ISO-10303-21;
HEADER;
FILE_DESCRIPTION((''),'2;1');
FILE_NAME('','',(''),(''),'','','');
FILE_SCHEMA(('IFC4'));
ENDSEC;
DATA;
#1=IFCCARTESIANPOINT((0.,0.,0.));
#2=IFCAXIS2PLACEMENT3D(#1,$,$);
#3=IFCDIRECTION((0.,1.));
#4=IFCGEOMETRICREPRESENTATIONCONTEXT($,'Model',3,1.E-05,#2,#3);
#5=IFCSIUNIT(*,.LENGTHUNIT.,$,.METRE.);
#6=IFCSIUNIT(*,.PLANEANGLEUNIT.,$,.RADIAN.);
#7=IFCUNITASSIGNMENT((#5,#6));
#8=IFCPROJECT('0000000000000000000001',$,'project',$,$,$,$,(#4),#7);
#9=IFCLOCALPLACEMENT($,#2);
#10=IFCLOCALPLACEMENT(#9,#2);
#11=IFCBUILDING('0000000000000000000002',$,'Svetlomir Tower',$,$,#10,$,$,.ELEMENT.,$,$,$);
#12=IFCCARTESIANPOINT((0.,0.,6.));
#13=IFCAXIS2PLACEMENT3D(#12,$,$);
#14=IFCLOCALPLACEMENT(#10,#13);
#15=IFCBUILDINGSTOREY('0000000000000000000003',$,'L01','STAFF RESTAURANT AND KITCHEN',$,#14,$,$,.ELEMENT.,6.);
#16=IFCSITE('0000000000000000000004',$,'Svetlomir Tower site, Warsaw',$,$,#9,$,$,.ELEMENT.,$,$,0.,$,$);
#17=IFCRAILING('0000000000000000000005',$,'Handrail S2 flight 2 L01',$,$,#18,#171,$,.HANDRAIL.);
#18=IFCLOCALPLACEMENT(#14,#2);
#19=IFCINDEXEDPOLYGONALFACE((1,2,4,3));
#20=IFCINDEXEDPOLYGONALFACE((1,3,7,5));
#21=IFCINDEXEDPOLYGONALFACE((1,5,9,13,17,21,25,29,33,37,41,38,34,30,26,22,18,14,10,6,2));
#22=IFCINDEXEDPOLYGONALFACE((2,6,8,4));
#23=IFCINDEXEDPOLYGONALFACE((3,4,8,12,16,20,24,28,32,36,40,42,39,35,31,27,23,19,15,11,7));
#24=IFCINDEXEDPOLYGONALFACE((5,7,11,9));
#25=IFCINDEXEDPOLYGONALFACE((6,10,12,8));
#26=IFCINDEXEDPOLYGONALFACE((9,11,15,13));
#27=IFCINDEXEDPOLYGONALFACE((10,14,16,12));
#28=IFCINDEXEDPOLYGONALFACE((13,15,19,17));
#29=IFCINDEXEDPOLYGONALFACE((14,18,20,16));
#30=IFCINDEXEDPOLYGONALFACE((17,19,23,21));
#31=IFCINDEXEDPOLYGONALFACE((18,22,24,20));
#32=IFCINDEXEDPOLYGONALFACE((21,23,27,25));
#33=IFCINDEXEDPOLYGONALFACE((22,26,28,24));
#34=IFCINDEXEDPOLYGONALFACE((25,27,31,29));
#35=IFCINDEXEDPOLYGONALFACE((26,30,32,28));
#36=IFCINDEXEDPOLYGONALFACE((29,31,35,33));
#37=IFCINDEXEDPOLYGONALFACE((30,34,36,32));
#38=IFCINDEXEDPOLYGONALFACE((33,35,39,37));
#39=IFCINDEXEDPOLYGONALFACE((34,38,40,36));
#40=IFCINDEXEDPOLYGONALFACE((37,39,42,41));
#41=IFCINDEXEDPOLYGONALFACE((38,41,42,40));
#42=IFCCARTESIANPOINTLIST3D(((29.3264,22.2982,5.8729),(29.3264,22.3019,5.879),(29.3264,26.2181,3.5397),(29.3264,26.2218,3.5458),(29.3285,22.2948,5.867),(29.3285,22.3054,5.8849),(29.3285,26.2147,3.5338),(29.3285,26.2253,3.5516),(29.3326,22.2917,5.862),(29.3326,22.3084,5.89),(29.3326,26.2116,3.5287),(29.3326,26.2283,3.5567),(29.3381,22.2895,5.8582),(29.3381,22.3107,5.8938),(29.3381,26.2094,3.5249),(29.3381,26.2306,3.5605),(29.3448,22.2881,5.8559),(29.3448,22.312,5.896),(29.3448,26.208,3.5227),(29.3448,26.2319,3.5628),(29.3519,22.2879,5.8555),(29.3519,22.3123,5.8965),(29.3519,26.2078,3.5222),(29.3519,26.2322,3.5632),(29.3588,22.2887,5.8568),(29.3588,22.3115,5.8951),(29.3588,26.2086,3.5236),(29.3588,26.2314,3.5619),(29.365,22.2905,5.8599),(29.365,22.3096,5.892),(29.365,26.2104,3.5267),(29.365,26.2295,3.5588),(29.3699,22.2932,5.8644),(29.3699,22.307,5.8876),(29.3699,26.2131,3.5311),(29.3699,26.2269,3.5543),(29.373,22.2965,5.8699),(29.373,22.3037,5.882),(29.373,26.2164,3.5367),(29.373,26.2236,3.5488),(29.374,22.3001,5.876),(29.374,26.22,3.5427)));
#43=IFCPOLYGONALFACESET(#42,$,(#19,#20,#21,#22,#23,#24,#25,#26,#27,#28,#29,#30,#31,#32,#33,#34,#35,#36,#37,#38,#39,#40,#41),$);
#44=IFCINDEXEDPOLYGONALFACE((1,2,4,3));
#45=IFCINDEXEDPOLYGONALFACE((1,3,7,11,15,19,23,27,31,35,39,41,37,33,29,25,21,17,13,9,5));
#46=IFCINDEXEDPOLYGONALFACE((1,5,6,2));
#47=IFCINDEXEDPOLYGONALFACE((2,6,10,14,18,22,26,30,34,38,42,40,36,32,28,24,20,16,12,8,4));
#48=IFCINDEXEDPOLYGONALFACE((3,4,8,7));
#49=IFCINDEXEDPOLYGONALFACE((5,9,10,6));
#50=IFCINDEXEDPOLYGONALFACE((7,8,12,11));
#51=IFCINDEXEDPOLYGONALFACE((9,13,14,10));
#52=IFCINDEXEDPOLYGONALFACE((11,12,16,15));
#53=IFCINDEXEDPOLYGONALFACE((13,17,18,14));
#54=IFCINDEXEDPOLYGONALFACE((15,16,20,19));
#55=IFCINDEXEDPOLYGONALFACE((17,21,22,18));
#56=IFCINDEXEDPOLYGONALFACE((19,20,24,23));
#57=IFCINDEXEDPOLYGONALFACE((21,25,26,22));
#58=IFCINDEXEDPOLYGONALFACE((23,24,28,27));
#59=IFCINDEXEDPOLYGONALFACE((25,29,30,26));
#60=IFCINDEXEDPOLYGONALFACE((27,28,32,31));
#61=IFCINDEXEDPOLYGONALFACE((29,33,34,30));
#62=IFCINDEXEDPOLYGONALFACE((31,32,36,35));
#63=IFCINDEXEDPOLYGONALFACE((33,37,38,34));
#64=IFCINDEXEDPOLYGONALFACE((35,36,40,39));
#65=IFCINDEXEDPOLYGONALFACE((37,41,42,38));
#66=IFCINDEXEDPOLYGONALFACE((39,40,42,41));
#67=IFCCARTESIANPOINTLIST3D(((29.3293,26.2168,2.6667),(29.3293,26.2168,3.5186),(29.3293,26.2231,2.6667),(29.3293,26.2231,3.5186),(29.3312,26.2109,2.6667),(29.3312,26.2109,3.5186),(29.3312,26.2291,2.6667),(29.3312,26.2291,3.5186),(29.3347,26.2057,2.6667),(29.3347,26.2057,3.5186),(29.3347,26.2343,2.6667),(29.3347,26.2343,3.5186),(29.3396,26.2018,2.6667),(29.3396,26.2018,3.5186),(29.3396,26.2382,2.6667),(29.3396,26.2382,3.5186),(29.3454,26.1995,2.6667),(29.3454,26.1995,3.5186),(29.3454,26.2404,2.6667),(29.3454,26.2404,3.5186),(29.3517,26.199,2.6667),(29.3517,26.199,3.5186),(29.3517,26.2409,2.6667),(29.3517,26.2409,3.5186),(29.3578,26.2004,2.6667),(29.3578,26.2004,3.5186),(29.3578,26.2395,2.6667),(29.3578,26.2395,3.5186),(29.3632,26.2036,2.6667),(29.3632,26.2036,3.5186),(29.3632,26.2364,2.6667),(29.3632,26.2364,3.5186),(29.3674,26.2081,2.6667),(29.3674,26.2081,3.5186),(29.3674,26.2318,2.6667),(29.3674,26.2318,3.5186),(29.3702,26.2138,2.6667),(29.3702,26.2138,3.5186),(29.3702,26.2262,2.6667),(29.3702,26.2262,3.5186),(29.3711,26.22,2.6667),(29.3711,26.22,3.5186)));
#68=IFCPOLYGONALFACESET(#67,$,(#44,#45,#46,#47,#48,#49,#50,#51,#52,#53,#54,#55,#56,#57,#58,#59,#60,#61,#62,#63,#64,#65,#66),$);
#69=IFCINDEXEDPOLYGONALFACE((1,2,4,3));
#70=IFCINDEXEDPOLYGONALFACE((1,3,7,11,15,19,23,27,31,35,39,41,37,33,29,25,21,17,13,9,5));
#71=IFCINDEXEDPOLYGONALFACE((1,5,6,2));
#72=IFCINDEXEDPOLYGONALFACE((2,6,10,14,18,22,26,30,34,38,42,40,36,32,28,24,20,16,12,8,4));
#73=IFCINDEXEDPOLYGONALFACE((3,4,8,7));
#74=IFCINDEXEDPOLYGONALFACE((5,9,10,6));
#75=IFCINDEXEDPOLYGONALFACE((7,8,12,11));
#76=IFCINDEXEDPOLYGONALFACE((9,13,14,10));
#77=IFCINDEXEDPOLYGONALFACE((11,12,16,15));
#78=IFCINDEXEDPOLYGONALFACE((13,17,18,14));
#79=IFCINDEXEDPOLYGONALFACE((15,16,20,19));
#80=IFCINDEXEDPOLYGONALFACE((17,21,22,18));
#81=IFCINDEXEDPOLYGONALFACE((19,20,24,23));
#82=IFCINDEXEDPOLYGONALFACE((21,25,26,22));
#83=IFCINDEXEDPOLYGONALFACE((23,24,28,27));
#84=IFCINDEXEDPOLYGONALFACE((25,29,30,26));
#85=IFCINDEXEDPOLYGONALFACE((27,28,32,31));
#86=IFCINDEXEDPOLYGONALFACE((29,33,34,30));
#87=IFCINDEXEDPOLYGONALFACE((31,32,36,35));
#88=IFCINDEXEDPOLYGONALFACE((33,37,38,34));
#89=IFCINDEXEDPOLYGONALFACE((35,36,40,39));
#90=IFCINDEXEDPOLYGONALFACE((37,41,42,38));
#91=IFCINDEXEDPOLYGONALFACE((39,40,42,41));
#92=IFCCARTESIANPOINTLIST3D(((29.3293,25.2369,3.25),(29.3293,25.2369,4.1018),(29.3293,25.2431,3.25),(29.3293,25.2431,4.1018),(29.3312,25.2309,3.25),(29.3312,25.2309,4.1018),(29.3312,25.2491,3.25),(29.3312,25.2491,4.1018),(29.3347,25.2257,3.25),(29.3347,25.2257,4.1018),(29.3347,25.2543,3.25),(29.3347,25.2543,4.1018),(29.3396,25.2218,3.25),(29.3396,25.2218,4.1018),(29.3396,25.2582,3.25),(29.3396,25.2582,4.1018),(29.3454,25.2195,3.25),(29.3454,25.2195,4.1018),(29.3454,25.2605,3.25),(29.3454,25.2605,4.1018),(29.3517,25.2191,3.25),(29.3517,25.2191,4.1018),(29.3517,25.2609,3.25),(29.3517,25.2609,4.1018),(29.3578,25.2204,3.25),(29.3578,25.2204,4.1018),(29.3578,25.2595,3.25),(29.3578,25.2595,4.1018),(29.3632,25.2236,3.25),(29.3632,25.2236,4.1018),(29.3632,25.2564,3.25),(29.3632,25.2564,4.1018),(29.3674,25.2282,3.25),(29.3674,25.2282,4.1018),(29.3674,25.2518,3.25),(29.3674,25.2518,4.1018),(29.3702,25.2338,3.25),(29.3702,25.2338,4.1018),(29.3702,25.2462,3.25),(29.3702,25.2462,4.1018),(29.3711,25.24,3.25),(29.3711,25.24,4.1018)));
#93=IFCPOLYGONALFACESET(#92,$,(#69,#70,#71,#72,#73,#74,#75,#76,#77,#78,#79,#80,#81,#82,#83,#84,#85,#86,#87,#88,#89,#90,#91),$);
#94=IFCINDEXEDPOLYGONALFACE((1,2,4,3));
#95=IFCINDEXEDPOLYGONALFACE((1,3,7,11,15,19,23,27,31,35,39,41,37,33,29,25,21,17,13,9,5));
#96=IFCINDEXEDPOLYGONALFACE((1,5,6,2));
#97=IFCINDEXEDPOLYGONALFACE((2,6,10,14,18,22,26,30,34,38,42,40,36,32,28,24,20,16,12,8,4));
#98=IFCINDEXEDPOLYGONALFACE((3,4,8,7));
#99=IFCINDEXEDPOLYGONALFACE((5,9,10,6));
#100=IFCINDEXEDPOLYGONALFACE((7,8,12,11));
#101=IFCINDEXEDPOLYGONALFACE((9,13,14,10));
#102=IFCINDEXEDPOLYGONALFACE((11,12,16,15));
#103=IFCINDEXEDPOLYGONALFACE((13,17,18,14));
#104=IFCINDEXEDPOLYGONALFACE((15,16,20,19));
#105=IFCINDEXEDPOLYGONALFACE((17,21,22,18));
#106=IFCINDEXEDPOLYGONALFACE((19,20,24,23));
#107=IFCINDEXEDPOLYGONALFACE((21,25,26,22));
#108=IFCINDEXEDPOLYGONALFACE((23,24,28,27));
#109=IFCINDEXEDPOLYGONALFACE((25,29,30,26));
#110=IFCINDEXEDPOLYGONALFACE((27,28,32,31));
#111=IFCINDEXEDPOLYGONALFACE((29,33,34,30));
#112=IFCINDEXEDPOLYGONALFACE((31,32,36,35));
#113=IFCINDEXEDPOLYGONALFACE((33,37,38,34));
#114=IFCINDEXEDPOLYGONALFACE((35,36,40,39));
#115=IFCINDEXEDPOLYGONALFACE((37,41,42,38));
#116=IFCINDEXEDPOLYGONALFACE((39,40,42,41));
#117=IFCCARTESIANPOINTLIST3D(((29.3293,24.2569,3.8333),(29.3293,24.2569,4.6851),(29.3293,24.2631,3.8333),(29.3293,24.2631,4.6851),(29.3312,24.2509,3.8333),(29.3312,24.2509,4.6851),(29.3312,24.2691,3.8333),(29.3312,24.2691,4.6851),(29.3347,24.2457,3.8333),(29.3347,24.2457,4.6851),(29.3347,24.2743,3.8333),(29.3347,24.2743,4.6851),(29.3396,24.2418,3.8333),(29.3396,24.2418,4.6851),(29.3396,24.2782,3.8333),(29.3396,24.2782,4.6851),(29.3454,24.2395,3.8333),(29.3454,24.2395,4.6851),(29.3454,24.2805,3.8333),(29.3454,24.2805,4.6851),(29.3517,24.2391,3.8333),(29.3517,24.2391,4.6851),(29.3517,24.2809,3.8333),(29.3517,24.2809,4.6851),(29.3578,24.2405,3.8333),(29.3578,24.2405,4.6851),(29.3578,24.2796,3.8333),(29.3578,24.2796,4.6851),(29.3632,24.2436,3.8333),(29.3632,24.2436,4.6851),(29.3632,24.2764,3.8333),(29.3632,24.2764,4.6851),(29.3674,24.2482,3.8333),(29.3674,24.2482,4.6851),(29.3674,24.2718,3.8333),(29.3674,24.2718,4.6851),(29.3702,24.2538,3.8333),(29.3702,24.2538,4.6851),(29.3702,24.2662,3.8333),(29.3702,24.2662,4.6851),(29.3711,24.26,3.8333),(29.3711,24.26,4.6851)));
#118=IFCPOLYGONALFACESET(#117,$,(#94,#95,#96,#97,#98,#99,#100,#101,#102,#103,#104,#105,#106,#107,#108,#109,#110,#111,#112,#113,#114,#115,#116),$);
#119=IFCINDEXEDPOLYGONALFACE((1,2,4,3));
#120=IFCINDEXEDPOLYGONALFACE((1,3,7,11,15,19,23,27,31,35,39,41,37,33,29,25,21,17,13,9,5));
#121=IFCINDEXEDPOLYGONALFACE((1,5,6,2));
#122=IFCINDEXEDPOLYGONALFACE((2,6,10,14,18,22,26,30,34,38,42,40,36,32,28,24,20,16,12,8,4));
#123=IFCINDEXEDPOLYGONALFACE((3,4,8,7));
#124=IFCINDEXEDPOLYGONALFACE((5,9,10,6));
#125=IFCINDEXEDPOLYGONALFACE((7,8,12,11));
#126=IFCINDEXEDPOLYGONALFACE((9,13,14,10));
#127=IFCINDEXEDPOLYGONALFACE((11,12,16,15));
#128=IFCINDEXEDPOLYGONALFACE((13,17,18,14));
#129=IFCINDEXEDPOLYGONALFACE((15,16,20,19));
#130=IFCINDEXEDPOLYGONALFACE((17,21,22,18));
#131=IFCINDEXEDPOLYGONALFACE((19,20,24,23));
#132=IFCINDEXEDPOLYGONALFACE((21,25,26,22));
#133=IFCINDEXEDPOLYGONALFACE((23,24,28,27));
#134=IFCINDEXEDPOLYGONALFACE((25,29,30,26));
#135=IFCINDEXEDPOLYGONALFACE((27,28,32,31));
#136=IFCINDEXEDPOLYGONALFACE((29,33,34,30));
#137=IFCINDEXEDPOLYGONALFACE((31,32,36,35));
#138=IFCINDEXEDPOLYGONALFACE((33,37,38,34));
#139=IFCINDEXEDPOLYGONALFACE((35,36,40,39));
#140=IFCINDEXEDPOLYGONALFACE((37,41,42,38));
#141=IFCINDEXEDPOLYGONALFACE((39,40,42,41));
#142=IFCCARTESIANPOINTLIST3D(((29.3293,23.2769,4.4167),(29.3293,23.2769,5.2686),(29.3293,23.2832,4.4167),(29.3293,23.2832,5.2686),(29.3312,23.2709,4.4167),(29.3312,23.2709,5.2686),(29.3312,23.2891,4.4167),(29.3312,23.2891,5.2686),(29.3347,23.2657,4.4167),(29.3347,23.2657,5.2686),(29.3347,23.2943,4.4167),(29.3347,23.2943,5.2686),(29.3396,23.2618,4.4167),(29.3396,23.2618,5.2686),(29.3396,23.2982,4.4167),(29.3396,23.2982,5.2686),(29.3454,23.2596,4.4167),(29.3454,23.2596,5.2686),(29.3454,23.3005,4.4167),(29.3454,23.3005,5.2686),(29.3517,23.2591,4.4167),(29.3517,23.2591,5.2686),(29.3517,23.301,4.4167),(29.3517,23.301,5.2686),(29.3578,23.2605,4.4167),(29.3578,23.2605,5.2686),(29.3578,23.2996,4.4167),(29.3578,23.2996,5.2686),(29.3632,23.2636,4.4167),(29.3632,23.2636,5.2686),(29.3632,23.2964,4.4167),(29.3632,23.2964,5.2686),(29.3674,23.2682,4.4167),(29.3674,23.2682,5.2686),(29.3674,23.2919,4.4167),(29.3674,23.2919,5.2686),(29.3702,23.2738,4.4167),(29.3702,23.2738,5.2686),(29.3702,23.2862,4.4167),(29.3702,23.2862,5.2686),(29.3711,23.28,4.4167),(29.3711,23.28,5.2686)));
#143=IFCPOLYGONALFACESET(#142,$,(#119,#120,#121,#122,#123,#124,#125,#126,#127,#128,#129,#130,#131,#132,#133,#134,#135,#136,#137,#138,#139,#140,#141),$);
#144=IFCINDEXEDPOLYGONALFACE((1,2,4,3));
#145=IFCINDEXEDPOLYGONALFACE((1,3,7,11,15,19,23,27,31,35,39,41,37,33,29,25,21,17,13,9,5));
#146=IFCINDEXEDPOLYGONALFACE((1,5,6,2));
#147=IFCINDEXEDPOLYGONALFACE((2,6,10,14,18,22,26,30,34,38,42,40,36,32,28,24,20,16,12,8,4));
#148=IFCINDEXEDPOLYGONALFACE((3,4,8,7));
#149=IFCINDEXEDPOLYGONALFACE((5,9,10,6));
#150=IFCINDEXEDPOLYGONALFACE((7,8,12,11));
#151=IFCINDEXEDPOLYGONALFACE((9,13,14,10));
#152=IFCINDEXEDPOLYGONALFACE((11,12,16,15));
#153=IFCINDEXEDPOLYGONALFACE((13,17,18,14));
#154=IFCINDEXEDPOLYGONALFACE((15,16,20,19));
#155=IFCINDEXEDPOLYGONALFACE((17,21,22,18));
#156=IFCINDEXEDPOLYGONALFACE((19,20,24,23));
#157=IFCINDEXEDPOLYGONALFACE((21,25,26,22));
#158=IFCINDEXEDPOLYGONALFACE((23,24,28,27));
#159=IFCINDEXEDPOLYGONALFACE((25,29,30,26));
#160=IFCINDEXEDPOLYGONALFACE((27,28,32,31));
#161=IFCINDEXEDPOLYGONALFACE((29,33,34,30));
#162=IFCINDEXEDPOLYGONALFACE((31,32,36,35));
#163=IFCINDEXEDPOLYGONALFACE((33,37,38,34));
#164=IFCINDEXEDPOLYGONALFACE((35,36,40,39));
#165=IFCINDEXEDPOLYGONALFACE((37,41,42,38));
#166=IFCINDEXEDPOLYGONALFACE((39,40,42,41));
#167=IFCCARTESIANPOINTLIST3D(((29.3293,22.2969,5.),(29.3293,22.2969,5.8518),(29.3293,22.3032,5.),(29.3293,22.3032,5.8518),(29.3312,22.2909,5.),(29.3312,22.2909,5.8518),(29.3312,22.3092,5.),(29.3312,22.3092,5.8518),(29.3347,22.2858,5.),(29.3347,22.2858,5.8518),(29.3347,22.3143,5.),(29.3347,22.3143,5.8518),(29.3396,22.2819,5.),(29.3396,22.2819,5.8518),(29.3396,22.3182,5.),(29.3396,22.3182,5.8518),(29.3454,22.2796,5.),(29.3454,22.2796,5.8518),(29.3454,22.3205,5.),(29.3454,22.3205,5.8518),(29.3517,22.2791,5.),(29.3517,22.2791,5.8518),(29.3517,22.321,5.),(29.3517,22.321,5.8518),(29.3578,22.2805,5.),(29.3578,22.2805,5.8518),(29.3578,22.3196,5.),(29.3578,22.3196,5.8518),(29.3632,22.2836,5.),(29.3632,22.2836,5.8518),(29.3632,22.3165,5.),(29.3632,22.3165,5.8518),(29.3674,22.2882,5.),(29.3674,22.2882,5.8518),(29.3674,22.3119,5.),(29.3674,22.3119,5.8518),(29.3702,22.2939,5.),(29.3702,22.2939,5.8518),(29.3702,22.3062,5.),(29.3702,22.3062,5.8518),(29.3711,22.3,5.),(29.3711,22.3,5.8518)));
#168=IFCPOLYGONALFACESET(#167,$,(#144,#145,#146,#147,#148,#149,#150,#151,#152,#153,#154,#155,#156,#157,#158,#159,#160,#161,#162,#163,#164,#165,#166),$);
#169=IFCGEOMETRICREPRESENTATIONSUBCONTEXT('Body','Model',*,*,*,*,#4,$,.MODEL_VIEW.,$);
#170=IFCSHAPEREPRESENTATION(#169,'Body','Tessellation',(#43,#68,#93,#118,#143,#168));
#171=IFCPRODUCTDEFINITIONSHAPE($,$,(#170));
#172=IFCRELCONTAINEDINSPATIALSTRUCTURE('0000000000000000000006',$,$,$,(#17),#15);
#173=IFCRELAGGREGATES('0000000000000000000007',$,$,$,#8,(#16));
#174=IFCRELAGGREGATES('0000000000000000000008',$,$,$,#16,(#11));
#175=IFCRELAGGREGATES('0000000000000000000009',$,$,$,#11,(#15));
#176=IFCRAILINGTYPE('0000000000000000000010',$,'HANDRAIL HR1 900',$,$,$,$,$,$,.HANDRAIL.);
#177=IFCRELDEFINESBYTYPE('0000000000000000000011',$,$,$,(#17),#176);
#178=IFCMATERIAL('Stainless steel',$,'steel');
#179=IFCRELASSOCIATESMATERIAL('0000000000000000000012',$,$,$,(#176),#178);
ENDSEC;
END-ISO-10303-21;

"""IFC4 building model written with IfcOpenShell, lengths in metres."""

from ifc_helpers import new_model, si_unit, direction, frame, origin, origin_2d, place, context, subcontext, project, spatial, circle, extrude, material, type_object, element, save


model = new_model("IFC4")

# Units and contexts
model_context = context("Model", 3, precision=1e-05, world=origin(), true_north=direction((0.0, 1.0)))
body_context = subcontext(model_context, "Body", "Model", "MODEL_VIEW")
ifc_project = project(units=[si_unit("LENGTHUNIT", "METRE"), si_unit("PLANEANGLEUNIT", "RADIAN")], contexts=[model_context])

# Site, building, storey
site_placement = place(None, origin())
site = spatial("IfcSite", under=ifc_project, at=site_placement, Name="Svetlomir Tower site, Warsaw", CompositionType="ELEMENT", RefElevation=0.0)
building_placement = place(site_placement, origin())
building = spatial("IfcBuilding", under=site, at=building_placement, Name="Svetlomir Tower", CompositionType="ELEMENT")
storey_placement = place(building_placement, frame((0.0, 0.0, 6.0)))
storey = spatial("IfcBuildingStorey", under=building, at=storey_placement, Name="L01", Description="STAFF RESTAURANT AND KITCHEN", CompositionType="ELEMENT", Elevation=6.0)

# Railing
ifc_material_1 = material(Name="Stainless steel", Category="steel")
railing_type_1 = type_object("IfcRailingType", Name="HANDRAIL HR1 900", PredefinedType="HANDRAIL", material=ifc_material_1)
railing_1_placement = place(storey_placement, frame((29.3501, 26.22, 2.6667)))
element("IfcRailing", 1, at=railing_1_placement, inside=storey, type_object=railing_type_1, Name="Handrail S2 flight 2 L01", PredefinedType="HANDRAIL", context=body_context, shape_type="SweptSolid", body=[
    extrude(circle(Radius=0.0239, at=origin_2d()), frame((0.0, 0.0, 0.876), z_axis=(0.0, -0.859296, 0.511478), x_axis=(1.0, 0.0, 0.0)), (0.0, 0.0, 1.0), 4.5618),
    extrude(circle(Radius=0.021, at=origin_2d()), origin(), (0.0, 0.0, 1.0), 0.8518),
    extrude(circle(Radius=0.021, at=origin_2d()), frame((0.0, -0.98, 0.5833)), (0.0, 0.0, 1.0), 0.8518),
    extrude(circle(Radius=0.021, at=origin_2d()), frame((0.0, -1.96, 1.1665)), (0.0, 0.0, 1.0), 0.8518),
    extrude(circle(Radius=0.021, at=origin_2d()), frame((0.0, -2.9399, 1.75)), (0.0, 0.0, 1.0), 0.8518),
    extrude(circle(Radius=0.021, at=origin_2d()), frame((0.0, -3.9199, 2.3333)), (0.0, 0.0, 1.0), 0.8518),
])

save(model, "model.ifc")
